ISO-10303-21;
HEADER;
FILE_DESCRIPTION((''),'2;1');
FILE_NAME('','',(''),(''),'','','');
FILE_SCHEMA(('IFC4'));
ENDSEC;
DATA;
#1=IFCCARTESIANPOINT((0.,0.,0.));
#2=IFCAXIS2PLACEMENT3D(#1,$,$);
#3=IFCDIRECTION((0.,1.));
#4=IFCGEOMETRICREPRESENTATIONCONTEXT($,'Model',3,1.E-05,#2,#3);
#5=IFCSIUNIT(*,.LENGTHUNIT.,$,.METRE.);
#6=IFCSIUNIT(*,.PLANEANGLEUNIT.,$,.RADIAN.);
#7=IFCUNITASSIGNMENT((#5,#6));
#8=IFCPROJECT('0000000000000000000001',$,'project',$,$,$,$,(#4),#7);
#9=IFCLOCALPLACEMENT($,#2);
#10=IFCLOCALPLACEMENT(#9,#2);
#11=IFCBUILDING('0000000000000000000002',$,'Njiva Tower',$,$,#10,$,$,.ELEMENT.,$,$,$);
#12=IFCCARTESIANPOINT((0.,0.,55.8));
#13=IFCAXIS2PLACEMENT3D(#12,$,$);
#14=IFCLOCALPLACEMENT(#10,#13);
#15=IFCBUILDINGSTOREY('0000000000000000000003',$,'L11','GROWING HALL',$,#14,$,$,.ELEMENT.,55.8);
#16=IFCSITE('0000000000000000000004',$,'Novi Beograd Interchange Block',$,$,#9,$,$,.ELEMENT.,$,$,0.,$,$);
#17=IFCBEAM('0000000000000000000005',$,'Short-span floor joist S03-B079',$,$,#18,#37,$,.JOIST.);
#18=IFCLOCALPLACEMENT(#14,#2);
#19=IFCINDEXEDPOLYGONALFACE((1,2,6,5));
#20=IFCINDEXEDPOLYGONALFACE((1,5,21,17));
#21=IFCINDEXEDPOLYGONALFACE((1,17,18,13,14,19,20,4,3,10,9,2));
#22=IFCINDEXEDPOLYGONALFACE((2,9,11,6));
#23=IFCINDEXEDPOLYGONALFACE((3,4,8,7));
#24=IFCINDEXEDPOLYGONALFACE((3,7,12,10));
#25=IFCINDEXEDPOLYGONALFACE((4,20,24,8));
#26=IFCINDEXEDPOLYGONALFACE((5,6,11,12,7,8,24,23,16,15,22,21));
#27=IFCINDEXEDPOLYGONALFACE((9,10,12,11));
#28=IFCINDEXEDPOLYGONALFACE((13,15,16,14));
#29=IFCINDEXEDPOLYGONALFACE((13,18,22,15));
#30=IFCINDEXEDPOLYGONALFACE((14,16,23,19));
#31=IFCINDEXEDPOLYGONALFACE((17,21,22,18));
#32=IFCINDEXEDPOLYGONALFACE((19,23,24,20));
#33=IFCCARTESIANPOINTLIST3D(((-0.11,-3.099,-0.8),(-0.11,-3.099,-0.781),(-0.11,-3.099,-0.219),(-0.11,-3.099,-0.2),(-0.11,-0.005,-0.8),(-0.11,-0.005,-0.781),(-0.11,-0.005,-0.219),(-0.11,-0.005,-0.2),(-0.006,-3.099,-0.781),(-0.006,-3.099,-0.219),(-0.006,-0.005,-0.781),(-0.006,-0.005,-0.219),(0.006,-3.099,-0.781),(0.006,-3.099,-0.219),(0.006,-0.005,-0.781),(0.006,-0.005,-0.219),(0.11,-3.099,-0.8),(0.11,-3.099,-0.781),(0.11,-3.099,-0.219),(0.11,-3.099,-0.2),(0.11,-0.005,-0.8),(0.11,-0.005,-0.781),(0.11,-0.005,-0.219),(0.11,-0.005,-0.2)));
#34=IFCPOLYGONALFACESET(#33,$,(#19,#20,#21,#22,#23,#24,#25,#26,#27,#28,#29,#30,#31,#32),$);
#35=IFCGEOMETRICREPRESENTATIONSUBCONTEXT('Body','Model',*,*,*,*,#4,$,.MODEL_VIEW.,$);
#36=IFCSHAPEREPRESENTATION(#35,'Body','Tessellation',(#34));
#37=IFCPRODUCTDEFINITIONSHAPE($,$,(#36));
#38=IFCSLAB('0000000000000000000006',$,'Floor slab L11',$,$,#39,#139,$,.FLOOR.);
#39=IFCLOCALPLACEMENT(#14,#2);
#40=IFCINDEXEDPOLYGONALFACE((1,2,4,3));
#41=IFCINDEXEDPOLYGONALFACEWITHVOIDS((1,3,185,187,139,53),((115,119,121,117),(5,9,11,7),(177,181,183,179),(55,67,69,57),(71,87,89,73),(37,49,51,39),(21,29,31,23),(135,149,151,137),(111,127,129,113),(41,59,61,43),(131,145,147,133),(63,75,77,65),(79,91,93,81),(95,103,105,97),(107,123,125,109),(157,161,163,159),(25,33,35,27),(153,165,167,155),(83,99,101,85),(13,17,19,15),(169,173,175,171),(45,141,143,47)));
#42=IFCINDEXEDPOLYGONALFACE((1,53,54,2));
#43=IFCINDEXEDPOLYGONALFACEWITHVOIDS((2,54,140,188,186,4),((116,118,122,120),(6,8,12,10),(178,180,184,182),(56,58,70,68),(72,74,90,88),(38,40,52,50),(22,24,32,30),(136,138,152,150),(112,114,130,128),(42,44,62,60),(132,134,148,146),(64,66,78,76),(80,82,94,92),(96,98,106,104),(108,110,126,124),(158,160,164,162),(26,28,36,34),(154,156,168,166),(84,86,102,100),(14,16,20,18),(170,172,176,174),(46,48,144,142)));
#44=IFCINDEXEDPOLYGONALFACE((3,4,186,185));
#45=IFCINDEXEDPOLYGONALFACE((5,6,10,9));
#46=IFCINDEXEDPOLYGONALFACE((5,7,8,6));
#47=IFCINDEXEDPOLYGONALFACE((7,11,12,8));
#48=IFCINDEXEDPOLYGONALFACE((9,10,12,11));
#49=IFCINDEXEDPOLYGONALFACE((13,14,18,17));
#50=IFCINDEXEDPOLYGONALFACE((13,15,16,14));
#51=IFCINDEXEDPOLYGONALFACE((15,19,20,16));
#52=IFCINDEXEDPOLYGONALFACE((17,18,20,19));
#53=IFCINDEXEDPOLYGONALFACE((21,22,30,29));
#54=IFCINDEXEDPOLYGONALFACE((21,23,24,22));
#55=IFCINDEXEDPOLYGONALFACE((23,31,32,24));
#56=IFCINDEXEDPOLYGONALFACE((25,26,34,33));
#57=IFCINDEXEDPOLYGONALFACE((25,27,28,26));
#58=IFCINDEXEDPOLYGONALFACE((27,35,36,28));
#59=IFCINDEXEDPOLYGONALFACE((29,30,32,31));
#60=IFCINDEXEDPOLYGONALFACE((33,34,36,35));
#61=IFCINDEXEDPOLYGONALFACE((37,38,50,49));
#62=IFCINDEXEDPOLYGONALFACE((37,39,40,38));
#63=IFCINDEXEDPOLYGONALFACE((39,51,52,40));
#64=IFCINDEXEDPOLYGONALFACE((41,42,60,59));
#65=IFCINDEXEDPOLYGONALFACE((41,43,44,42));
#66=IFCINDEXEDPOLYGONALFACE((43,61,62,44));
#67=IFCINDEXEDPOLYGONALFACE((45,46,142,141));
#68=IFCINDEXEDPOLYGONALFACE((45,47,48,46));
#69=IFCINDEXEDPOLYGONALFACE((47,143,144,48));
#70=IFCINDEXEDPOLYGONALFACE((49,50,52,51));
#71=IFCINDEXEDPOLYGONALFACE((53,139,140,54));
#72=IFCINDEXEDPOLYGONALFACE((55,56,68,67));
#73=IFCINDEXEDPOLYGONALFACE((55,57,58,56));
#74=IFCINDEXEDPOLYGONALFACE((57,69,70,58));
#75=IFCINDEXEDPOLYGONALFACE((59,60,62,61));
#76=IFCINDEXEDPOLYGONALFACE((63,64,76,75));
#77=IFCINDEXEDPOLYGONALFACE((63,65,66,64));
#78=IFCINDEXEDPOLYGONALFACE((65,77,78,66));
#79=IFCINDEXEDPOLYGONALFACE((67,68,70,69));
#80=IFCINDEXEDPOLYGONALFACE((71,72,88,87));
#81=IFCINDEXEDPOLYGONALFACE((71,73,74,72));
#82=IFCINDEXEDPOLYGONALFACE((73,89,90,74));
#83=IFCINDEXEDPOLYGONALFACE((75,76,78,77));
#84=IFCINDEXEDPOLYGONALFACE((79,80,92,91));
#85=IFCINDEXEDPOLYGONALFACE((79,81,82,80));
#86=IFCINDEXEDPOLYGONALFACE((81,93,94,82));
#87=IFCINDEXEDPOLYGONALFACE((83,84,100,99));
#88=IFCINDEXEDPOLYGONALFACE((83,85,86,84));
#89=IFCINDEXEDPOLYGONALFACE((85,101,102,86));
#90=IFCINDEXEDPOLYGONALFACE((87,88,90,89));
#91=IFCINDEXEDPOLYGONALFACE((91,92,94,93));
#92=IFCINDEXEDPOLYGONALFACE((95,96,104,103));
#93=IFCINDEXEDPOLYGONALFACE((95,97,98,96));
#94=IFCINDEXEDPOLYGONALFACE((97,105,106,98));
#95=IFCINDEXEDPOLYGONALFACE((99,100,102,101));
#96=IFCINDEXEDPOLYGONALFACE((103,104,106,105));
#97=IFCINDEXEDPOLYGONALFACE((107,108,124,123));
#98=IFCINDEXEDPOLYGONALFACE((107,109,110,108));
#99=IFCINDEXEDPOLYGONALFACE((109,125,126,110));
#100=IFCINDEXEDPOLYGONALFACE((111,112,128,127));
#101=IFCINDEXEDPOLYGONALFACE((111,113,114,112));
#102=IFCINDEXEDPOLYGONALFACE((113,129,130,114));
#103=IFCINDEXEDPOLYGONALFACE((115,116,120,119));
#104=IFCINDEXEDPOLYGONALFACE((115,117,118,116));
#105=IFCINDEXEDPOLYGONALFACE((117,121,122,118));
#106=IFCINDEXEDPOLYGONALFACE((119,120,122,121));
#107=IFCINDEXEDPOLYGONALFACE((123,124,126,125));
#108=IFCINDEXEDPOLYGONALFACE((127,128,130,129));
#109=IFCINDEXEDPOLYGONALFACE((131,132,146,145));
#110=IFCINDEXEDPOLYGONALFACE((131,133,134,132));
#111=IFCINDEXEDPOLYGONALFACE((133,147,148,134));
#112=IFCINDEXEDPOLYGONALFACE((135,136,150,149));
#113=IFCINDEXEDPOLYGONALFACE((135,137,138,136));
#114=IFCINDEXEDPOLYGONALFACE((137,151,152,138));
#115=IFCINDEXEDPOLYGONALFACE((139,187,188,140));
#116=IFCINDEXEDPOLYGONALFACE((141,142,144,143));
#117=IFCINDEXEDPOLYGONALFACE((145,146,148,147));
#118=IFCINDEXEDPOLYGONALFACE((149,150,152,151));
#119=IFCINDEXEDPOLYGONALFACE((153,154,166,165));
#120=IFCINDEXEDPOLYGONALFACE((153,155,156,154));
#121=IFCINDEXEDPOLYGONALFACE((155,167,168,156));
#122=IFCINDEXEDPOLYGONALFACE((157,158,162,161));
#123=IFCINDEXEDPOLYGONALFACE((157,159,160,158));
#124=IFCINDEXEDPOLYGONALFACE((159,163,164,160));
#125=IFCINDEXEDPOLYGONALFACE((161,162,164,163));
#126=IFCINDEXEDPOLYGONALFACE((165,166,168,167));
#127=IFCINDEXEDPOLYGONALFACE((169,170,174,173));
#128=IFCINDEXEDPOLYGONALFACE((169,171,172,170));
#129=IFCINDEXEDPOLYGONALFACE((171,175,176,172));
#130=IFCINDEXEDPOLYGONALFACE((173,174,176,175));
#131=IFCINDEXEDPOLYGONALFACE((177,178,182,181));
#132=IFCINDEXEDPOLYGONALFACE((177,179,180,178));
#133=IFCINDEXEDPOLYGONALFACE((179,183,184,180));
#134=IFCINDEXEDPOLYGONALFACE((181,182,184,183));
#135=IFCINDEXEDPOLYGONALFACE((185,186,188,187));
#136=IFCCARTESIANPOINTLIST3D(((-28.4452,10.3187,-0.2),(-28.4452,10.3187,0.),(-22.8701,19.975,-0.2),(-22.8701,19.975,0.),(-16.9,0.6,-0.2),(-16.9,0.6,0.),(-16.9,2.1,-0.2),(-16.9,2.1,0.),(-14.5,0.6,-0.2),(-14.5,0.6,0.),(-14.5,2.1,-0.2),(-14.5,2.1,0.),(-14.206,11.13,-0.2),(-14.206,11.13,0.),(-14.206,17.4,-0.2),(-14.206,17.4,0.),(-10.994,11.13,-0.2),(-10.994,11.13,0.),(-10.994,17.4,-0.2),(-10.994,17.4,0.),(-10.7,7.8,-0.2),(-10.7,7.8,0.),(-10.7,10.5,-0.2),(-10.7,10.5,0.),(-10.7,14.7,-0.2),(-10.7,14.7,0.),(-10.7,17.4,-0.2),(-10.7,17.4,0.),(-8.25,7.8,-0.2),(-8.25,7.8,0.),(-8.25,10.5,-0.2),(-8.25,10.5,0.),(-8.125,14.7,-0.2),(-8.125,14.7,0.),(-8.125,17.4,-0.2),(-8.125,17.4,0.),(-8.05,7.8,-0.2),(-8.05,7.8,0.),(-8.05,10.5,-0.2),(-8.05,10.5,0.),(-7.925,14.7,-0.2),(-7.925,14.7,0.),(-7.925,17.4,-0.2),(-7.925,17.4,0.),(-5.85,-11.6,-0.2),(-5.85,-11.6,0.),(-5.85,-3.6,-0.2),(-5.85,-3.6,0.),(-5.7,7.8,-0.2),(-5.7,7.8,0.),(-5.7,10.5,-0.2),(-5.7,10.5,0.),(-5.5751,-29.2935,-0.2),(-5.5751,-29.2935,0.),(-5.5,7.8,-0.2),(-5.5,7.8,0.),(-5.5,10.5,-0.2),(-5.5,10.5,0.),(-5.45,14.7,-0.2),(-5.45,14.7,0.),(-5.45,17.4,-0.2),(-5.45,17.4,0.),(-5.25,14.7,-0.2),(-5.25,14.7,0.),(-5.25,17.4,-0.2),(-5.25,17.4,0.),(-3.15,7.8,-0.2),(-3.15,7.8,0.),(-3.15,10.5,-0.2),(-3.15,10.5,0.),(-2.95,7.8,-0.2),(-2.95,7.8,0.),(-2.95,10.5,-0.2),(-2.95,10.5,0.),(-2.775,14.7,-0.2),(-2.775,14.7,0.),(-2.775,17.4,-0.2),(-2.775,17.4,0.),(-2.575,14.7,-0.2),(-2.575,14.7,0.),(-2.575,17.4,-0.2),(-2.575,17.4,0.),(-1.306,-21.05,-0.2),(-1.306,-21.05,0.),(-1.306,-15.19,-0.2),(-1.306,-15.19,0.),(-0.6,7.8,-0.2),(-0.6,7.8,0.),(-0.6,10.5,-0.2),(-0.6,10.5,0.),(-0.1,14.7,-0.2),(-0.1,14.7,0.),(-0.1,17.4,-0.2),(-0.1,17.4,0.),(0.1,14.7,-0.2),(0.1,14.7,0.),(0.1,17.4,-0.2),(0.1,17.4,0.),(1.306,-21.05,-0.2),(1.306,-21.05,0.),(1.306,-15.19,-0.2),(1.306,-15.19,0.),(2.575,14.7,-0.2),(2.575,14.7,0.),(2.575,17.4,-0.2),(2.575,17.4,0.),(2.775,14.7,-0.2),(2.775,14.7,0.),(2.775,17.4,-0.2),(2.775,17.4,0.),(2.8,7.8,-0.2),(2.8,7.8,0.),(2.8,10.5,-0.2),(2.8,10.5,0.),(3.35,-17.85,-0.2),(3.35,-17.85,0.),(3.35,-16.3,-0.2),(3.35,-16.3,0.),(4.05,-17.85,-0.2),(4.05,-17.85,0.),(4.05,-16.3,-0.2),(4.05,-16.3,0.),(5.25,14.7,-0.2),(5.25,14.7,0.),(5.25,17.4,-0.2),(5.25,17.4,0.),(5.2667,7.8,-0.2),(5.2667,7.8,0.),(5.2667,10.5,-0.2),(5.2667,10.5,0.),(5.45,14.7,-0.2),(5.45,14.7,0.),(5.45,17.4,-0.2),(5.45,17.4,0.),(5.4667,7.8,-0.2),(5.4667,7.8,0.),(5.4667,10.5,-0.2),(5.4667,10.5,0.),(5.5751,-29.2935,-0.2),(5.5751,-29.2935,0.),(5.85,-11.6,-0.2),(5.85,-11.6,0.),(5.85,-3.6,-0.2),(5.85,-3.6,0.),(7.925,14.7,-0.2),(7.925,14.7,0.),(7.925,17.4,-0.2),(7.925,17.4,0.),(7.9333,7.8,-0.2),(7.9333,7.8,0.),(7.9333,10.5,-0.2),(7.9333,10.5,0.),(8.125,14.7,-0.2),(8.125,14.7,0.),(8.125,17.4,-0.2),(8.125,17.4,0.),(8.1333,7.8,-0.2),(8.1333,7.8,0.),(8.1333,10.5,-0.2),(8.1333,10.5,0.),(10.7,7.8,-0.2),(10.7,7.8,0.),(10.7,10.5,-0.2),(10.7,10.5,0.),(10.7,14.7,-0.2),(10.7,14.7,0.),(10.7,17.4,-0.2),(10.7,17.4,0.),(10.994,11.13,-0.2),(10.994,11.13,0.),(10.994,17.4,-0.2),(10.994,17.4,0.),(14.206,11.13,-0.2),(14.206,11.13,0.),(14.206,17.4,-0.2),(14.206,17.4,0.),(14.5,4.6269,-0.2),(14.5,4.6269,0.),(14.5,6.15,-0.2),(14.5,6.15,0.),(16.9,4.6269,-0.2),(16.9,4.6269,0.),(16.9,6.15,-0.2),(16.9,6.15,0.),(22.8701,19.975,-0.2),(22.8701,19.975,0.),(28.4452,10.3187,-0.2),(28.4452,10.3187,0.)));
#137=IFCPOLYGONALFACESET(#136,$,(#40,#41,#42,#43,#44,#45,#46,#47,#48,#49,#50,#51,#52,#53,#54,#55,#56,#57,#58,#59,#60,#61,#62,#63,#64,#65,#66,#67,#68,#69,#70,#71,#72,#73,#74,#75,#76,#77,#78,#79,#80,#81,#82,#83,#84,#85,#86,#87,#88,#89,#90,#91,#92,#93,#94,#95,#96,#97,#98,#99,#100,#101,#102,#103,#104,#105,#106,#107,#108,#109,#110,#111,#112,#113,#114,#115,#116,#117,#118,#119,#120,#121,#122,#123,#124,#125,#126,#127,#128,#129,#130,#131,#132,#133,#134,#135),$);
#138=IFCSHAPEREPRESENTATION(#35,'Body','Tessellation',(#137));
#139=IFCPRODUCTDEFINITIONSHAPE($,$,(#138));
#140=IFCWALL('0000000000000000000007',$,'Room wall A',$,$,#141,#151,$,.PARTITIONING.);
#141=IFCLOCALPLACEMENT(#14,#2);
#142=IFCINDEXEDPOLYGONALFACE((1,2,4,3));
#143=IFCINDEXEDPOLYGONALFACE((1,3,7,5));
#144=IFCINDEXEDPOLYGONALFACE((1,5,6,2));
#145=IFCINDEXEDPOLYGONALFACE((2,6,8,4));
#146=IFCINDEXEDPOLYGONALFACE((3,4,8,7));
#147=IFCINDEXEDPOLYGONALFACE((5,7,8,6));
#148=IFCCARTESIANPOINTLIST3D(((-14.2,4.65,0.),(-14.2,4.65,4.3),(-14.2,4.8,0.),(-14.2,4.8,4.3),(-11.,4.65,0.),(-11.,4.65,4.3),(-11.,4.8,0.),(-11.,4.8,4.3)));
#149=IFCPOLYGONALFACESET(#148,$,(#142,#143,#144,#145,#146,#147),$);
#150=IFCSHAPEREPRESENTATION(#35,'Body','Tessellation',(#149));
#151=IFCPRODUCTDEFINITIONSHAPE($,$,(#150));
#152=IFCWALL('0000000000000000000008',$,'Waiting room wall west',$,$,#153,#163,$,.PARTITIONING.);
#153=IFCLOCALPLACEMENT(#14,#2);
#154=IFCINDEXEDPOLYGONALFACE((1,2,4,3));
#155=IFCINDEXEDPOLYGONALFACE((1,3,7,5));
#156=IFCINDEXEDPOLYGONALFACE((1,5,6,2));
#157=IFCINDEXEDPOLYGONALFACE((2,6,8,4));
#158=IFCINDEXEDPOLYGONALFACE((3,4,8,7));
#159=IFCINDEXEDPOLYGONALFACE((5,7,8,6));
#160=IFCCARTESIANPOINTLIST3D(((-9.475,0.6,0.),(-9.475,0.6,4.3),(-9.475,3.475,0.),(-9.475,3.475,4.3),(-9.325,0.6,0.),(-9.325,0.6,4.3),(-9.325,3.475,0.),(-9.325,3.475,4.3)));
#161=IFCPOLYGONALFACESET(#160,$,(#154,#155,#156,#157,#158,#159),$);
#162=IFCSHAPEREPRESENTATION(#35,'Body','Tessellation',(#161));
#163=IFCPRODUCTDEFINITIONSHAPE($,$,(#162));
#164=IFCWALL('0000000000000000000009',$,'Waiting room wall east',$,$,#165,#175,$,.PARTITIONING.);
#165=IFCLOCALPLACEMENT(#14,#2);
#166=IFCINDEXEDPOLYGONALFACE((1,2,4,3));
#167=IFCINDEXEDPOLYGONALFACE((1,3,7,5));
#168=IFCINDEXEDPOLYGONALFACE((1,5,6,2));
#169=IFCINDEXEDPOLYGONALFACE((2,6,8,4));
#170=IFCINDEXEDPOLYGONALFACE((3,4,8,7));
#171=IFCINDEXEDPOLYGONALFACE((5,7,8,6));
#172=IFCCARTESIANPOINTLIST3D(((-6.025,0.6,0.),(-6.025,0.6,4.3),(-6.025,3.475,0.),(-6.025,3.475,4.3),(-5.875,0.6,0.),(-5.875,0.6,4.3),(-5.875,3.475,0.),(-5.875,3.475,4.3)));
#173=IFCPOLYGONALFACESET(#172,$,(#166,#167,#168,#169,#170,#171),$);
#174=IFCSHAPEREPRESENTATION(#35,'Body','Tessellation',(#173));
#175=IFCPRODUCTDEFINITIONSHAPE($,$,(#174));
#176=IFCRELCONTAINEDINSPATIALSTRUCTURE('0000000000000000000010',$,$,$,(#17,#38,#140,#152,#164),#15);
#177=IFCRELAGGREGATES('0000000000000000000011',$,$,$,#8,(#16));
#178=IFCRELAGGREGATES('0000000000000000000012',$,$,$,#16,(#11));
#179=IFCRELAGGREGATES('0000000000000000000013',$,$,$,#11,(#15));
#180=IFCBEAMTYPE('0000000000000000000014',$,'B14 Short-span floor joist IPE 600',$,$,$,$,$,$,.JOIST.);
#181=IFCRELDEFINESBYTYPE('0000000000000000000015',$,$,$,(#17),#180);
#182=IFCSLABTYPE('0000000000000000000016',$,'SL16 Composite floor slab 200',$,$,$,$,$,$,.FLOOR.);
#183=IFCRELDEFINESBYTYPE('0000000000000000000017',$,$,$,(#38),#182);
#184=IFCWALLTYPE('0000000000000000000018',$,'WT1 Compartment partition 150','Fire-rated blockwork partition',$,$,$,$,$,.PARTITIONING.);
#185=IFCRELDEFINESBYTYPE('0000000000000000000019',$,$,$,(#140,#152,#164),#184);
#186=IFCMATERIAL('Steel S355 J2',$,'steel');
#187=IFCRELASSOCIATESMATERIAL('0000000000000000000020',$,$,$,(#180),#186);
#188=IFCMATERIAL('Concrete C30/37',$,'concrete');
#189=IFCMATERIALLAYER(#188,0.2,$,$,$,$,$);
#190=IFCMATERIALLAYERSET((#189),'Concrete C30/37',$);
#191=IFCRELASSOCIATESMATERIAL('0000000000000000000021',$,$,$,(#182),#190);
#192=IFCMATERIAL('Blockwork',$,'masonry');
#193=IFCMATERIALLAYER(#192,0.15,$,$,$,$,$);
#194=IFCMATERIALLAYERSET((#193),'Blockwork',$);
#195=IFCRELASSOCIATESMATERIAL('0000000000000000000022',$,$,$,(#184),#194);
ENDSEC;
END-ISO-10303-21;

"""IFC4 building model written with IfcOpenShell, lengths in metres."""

from ifc_helpers import new_model, si_unit, direction, frame, frame_2d, origin, origin_2d, place, context, subcontext, project, spatial, polyline, rectangle, i_section, outline, extrude, material, layer, layer_set, material_profile, profile_set, type_object, element, save


model = new_model("IFC4")

# Units and contexts
model_context = context("Model", 3, precision=1e-05, world=origin(), true_north=direction((0.0, 1.0)))
body_context = subcontext(model_context, "Body", "Model", "MODEL_VIEW")
ifc_project = project(units=[si_unit("LENGTHUNIT", "METRE"), si_unit("PLANEANGLEUNIT", "RADIAN")], contexts=[model_context])

# Site, building, storey
site_placement = place(None, origin())
site = spatial("IfcSite", under=ifc_project, at=site_placement, Name="Novi Beograd Interchange Block", CompositionType="ELEMENT", RefElevation=0.0)
building_placement = place(site_placement, origin())
building = spatial("IfcBuilding", under=site, at=building_placement, Name="Njiva Tower", CompositionType="ELEMENT")
storey_placement = place(building_placement, frame((0.0, 0.0, 55.8)))
storey = spatial("IfcBuildingStorey", under=building, at=storey_placement, Name="L11", Description="GROWING HALL", CompositionType="ELEMENT", Elevation=55.8)

# Beam
ifc_material_1 = material(Name="Steel S355 J2", Category="steel")
ifc_material_profile = material_profile(ifc_material_1, i_section(OverallWidth=0.22, OverallDepth=0.6, WebThickness=0.012, FlangeThickness=0.019, at=origin_2d()), Name="IPE 600")
ifc_profile_set = profile_set([ifc_material_profile], Name="Steel S355 J2")
beam_type = type_object("IfcBeamType", Name="B14 Short-span floor joist IPE 600", PredefinedType="JOIST", material=ifc_profile_set)
beam_placement = place(storey_placement, frame((0.0, -0.005, -0.5), z_axis=(0.0, -1.0, 0.0), x_axis=(1.0, 0.0, 0.0)))
element("IfcBeam", 1, at=beam_placement, inside=storey, type_object=beam_type, Name="Short-span floor joist S03-B079", PredefinedType="JOIST", context=body_context, shape_type="SweptSolid", body=[
    extrude(i_section(OverallWidth=0.22, OverallDepth=0.6, WebThickness=0.012, FlangeThickness=0.019, at=origin_2d()), origin(), (0.0, 0.0, 1.0), 3.094),
])

# Slab
ifc_material_2 = material(Name="Concrete C30/37", Category="concrete")
ifc_layer_1 = layer(ifc_material_2, 0.2)
ifc_layer_set_1 = layer_set([ifc_layer_1], Name="Concrete C30/37")
slab_type = type_object("IfcSlabType", Name="SL16 Composite floor slab 200", PredefinedType="FLOOR", material=ifc_layer_set_1)
slab_placement = place(storey_placement, frame((0.0, 0.0, -0.2)))
element("IfcSlab", 2, at=slab_placement, inside=storey, type_object=slab_type, Name="Floor slab L11", PredefinedType="FLOOR", context=body_context, shape_type="SweptSolid", body=[
    extrude(outline(polyline([(28.4452, 10.3187), (5.5751, -29.2935), (-5.5751, -29.2935), (-28.4452, 10.3187), (-22.8701, 19.975), (22.8701, 19.975), (28.4452, 10.3187)]), holes=[polyline([(14.5, 4.6269), (16.9, 4.6269), (16.9, 6.15), (14.5, 6.15), (14.5, 4.6269)]), polyline([(10.994, 17.4), (10.994, 11.13), (14.206, 11.13), (14.206, 17.4), (10.994, 17.4)]), polyline([(8.125, 17.4), (8.125, 14.7), (10.7, 14.7), (10.7, 17.4), (8.125, 17.4)]), polyline([(8.1333, 7.8), (10.7, 7.8), (10.7, 10.5), (8.1333, 10.5), (8.1333, 7.8)]), polyline([(5.4667, 10.5), (5.4667, 7.8), (7.9333, 7.8), (7.9333, 10.5), (5.4667, 10.5)]), polyline([(5.45, 17.4), (5.45, 14.7), (7.925, 14.7), (7.925, 17.4), (5.45, 17.4)]), polyline([(5.85, -11.6), (5.85, -3.6), (-5.85, -3.6), (-5.85, -11.6), (5.85, -11.6)]), polyline([(2.8, 10.5), (2.8, 7.8), (5.2667, 7.8), (5.2667, 10.5), (2.8, 10.5)]), polyline([(2.775, 14.7), (5.25, 14.7), (5.25, 17.4), (2.775, 17.4), (2.775, 14.7)]), polyline([(3.35, -17.85), (4.05, -17.85), (4.05, -16.3), (3.35, -16.3), (3.35, -17.85)]), polyline([(0.1, 17.4), (0.1, 14.7), (2.575, 14.7), (2.575, 17.4), (0.1, 17.4)]), polyline([(-1.306, -21.05), (1.306, -21.05), (1.306, -15.19), (-1.306, -15.19), (-1.306, -21.05)]), polyline([(-2.575, 17.4), (-2.575, 14.7), (-0.1, 14.7), (-0.1, 17.4), (-2.575, 17.4)]), polyline([(-2.95, 7.8), (-0.6, 7.8), (-0.6, 10.5), (-2.95, 10.5), (-2.95, 7.8)]), polyline([(-5.25, 17.4), (-5.25, 14.7), (-2.775, 14.7), (-2.775, 17.4), (-5.25, 17.4)]), polyline([(-5.5, 10.5), (-5.5, 7.8), (-3.15, 7.8), (-3.15, 10.5), (-5.5, 10.5)]), polyline([(-7.925, 14.7), (-5.45, 14.7), (-5.45, 17.4), (-7.925, 17.4), (-7.925, 14.7)]), polyline([(-8.05, 10.5), (-8.05, 7.8), (-5.7, 7.8), (-5.7, 10.5), (-8.05, 10.5)]), polyline([(-10.7, 17.4), (-10.7, 14.7), (-8.125, 14.7), (-8.125, 17.4), (-10.7, 17.4)]), polyline([(-10.7, 7.8), (-8.25, 7.8), (-8.25, 10.5), (-10.7, 10.5), (-10.7, 7.8)]), polyline([(-14.206, 17.4), (-14.206, 11.13), (-10.994, 11.13), (-10.994, 17.4), (-14.206, 17.4)]), polyline([(-16.9, 0.6), (-14.5, 0.6), (-14.5, 2.1), (-16.9, 2.1), (-16.9, 0.6)])]), origin(), (0.0, 0.0, 1.0), 0.2),
])

# Walls
ifc_material_3 = material(Name="Blockwork", Category="masonry")
ifc_layer_2 = layer(ifc_material_3, 0.15)
ifc_layer_set_2 = layer_set([ifc_layer_2], Name="Blockwork")
wall_type_1 = type_object("IfcWallType", Name="WT1 Compartment partition 150", Description="Fire-rated blockwork partition", PredefinedType="PARTITIONING", material=ifc_layer_set_2)
wall_1_placement = place(storey_placement, frame((-14.2, 4.725, 0.0), z_axis=(0.0, 0.0, 1.0), x_axis=(1.0, 0.0, 0.0)))
element("IfcWall", 3, at=wall_1_placement, inside=storey, type_object=wall_type_1, Name="Room wall A", PredefinedType="PARTITIONING", context=body_context, shape_type="SweptSolid", body=[
    extrude(rectangle(XDim=3.2, YDim=0.15, at=frame_2d((1.6, 0.0))), origin(), (0.0, 0.0, 1.0), 4.3),
])
for number, where, z_axis, x_axis, name in (
    (4, (-9.4, 0.6, 0.0), (0.0, 0.0, 1.0), (0.0, 1.0, 0.0), "Waiting room wall west"),
    (5, (-5.95, 0.6, 0.0), (0.0, 0.0, 1.0), (0.0, 1.0, 0.0), "Waiting room wall east"),
):
    element("IfcWall", number, at=place(storey_placement, frame(where, z_axis=z_axis, x_axis=x_axis)), inside=storey, type_object=wall_type_1, Name=name, PredefinedType="PARTITIONING", context=body_context, shape_type="SweptSolid", body=[
        extrude(rectangle(XDim=2.875, YDim=0.15, at=frame_2d((1.4375, 0.0))), origin(), (0.0, 0.0, 1.0), 4.3),
    ])

save(model, "model.ifc")
